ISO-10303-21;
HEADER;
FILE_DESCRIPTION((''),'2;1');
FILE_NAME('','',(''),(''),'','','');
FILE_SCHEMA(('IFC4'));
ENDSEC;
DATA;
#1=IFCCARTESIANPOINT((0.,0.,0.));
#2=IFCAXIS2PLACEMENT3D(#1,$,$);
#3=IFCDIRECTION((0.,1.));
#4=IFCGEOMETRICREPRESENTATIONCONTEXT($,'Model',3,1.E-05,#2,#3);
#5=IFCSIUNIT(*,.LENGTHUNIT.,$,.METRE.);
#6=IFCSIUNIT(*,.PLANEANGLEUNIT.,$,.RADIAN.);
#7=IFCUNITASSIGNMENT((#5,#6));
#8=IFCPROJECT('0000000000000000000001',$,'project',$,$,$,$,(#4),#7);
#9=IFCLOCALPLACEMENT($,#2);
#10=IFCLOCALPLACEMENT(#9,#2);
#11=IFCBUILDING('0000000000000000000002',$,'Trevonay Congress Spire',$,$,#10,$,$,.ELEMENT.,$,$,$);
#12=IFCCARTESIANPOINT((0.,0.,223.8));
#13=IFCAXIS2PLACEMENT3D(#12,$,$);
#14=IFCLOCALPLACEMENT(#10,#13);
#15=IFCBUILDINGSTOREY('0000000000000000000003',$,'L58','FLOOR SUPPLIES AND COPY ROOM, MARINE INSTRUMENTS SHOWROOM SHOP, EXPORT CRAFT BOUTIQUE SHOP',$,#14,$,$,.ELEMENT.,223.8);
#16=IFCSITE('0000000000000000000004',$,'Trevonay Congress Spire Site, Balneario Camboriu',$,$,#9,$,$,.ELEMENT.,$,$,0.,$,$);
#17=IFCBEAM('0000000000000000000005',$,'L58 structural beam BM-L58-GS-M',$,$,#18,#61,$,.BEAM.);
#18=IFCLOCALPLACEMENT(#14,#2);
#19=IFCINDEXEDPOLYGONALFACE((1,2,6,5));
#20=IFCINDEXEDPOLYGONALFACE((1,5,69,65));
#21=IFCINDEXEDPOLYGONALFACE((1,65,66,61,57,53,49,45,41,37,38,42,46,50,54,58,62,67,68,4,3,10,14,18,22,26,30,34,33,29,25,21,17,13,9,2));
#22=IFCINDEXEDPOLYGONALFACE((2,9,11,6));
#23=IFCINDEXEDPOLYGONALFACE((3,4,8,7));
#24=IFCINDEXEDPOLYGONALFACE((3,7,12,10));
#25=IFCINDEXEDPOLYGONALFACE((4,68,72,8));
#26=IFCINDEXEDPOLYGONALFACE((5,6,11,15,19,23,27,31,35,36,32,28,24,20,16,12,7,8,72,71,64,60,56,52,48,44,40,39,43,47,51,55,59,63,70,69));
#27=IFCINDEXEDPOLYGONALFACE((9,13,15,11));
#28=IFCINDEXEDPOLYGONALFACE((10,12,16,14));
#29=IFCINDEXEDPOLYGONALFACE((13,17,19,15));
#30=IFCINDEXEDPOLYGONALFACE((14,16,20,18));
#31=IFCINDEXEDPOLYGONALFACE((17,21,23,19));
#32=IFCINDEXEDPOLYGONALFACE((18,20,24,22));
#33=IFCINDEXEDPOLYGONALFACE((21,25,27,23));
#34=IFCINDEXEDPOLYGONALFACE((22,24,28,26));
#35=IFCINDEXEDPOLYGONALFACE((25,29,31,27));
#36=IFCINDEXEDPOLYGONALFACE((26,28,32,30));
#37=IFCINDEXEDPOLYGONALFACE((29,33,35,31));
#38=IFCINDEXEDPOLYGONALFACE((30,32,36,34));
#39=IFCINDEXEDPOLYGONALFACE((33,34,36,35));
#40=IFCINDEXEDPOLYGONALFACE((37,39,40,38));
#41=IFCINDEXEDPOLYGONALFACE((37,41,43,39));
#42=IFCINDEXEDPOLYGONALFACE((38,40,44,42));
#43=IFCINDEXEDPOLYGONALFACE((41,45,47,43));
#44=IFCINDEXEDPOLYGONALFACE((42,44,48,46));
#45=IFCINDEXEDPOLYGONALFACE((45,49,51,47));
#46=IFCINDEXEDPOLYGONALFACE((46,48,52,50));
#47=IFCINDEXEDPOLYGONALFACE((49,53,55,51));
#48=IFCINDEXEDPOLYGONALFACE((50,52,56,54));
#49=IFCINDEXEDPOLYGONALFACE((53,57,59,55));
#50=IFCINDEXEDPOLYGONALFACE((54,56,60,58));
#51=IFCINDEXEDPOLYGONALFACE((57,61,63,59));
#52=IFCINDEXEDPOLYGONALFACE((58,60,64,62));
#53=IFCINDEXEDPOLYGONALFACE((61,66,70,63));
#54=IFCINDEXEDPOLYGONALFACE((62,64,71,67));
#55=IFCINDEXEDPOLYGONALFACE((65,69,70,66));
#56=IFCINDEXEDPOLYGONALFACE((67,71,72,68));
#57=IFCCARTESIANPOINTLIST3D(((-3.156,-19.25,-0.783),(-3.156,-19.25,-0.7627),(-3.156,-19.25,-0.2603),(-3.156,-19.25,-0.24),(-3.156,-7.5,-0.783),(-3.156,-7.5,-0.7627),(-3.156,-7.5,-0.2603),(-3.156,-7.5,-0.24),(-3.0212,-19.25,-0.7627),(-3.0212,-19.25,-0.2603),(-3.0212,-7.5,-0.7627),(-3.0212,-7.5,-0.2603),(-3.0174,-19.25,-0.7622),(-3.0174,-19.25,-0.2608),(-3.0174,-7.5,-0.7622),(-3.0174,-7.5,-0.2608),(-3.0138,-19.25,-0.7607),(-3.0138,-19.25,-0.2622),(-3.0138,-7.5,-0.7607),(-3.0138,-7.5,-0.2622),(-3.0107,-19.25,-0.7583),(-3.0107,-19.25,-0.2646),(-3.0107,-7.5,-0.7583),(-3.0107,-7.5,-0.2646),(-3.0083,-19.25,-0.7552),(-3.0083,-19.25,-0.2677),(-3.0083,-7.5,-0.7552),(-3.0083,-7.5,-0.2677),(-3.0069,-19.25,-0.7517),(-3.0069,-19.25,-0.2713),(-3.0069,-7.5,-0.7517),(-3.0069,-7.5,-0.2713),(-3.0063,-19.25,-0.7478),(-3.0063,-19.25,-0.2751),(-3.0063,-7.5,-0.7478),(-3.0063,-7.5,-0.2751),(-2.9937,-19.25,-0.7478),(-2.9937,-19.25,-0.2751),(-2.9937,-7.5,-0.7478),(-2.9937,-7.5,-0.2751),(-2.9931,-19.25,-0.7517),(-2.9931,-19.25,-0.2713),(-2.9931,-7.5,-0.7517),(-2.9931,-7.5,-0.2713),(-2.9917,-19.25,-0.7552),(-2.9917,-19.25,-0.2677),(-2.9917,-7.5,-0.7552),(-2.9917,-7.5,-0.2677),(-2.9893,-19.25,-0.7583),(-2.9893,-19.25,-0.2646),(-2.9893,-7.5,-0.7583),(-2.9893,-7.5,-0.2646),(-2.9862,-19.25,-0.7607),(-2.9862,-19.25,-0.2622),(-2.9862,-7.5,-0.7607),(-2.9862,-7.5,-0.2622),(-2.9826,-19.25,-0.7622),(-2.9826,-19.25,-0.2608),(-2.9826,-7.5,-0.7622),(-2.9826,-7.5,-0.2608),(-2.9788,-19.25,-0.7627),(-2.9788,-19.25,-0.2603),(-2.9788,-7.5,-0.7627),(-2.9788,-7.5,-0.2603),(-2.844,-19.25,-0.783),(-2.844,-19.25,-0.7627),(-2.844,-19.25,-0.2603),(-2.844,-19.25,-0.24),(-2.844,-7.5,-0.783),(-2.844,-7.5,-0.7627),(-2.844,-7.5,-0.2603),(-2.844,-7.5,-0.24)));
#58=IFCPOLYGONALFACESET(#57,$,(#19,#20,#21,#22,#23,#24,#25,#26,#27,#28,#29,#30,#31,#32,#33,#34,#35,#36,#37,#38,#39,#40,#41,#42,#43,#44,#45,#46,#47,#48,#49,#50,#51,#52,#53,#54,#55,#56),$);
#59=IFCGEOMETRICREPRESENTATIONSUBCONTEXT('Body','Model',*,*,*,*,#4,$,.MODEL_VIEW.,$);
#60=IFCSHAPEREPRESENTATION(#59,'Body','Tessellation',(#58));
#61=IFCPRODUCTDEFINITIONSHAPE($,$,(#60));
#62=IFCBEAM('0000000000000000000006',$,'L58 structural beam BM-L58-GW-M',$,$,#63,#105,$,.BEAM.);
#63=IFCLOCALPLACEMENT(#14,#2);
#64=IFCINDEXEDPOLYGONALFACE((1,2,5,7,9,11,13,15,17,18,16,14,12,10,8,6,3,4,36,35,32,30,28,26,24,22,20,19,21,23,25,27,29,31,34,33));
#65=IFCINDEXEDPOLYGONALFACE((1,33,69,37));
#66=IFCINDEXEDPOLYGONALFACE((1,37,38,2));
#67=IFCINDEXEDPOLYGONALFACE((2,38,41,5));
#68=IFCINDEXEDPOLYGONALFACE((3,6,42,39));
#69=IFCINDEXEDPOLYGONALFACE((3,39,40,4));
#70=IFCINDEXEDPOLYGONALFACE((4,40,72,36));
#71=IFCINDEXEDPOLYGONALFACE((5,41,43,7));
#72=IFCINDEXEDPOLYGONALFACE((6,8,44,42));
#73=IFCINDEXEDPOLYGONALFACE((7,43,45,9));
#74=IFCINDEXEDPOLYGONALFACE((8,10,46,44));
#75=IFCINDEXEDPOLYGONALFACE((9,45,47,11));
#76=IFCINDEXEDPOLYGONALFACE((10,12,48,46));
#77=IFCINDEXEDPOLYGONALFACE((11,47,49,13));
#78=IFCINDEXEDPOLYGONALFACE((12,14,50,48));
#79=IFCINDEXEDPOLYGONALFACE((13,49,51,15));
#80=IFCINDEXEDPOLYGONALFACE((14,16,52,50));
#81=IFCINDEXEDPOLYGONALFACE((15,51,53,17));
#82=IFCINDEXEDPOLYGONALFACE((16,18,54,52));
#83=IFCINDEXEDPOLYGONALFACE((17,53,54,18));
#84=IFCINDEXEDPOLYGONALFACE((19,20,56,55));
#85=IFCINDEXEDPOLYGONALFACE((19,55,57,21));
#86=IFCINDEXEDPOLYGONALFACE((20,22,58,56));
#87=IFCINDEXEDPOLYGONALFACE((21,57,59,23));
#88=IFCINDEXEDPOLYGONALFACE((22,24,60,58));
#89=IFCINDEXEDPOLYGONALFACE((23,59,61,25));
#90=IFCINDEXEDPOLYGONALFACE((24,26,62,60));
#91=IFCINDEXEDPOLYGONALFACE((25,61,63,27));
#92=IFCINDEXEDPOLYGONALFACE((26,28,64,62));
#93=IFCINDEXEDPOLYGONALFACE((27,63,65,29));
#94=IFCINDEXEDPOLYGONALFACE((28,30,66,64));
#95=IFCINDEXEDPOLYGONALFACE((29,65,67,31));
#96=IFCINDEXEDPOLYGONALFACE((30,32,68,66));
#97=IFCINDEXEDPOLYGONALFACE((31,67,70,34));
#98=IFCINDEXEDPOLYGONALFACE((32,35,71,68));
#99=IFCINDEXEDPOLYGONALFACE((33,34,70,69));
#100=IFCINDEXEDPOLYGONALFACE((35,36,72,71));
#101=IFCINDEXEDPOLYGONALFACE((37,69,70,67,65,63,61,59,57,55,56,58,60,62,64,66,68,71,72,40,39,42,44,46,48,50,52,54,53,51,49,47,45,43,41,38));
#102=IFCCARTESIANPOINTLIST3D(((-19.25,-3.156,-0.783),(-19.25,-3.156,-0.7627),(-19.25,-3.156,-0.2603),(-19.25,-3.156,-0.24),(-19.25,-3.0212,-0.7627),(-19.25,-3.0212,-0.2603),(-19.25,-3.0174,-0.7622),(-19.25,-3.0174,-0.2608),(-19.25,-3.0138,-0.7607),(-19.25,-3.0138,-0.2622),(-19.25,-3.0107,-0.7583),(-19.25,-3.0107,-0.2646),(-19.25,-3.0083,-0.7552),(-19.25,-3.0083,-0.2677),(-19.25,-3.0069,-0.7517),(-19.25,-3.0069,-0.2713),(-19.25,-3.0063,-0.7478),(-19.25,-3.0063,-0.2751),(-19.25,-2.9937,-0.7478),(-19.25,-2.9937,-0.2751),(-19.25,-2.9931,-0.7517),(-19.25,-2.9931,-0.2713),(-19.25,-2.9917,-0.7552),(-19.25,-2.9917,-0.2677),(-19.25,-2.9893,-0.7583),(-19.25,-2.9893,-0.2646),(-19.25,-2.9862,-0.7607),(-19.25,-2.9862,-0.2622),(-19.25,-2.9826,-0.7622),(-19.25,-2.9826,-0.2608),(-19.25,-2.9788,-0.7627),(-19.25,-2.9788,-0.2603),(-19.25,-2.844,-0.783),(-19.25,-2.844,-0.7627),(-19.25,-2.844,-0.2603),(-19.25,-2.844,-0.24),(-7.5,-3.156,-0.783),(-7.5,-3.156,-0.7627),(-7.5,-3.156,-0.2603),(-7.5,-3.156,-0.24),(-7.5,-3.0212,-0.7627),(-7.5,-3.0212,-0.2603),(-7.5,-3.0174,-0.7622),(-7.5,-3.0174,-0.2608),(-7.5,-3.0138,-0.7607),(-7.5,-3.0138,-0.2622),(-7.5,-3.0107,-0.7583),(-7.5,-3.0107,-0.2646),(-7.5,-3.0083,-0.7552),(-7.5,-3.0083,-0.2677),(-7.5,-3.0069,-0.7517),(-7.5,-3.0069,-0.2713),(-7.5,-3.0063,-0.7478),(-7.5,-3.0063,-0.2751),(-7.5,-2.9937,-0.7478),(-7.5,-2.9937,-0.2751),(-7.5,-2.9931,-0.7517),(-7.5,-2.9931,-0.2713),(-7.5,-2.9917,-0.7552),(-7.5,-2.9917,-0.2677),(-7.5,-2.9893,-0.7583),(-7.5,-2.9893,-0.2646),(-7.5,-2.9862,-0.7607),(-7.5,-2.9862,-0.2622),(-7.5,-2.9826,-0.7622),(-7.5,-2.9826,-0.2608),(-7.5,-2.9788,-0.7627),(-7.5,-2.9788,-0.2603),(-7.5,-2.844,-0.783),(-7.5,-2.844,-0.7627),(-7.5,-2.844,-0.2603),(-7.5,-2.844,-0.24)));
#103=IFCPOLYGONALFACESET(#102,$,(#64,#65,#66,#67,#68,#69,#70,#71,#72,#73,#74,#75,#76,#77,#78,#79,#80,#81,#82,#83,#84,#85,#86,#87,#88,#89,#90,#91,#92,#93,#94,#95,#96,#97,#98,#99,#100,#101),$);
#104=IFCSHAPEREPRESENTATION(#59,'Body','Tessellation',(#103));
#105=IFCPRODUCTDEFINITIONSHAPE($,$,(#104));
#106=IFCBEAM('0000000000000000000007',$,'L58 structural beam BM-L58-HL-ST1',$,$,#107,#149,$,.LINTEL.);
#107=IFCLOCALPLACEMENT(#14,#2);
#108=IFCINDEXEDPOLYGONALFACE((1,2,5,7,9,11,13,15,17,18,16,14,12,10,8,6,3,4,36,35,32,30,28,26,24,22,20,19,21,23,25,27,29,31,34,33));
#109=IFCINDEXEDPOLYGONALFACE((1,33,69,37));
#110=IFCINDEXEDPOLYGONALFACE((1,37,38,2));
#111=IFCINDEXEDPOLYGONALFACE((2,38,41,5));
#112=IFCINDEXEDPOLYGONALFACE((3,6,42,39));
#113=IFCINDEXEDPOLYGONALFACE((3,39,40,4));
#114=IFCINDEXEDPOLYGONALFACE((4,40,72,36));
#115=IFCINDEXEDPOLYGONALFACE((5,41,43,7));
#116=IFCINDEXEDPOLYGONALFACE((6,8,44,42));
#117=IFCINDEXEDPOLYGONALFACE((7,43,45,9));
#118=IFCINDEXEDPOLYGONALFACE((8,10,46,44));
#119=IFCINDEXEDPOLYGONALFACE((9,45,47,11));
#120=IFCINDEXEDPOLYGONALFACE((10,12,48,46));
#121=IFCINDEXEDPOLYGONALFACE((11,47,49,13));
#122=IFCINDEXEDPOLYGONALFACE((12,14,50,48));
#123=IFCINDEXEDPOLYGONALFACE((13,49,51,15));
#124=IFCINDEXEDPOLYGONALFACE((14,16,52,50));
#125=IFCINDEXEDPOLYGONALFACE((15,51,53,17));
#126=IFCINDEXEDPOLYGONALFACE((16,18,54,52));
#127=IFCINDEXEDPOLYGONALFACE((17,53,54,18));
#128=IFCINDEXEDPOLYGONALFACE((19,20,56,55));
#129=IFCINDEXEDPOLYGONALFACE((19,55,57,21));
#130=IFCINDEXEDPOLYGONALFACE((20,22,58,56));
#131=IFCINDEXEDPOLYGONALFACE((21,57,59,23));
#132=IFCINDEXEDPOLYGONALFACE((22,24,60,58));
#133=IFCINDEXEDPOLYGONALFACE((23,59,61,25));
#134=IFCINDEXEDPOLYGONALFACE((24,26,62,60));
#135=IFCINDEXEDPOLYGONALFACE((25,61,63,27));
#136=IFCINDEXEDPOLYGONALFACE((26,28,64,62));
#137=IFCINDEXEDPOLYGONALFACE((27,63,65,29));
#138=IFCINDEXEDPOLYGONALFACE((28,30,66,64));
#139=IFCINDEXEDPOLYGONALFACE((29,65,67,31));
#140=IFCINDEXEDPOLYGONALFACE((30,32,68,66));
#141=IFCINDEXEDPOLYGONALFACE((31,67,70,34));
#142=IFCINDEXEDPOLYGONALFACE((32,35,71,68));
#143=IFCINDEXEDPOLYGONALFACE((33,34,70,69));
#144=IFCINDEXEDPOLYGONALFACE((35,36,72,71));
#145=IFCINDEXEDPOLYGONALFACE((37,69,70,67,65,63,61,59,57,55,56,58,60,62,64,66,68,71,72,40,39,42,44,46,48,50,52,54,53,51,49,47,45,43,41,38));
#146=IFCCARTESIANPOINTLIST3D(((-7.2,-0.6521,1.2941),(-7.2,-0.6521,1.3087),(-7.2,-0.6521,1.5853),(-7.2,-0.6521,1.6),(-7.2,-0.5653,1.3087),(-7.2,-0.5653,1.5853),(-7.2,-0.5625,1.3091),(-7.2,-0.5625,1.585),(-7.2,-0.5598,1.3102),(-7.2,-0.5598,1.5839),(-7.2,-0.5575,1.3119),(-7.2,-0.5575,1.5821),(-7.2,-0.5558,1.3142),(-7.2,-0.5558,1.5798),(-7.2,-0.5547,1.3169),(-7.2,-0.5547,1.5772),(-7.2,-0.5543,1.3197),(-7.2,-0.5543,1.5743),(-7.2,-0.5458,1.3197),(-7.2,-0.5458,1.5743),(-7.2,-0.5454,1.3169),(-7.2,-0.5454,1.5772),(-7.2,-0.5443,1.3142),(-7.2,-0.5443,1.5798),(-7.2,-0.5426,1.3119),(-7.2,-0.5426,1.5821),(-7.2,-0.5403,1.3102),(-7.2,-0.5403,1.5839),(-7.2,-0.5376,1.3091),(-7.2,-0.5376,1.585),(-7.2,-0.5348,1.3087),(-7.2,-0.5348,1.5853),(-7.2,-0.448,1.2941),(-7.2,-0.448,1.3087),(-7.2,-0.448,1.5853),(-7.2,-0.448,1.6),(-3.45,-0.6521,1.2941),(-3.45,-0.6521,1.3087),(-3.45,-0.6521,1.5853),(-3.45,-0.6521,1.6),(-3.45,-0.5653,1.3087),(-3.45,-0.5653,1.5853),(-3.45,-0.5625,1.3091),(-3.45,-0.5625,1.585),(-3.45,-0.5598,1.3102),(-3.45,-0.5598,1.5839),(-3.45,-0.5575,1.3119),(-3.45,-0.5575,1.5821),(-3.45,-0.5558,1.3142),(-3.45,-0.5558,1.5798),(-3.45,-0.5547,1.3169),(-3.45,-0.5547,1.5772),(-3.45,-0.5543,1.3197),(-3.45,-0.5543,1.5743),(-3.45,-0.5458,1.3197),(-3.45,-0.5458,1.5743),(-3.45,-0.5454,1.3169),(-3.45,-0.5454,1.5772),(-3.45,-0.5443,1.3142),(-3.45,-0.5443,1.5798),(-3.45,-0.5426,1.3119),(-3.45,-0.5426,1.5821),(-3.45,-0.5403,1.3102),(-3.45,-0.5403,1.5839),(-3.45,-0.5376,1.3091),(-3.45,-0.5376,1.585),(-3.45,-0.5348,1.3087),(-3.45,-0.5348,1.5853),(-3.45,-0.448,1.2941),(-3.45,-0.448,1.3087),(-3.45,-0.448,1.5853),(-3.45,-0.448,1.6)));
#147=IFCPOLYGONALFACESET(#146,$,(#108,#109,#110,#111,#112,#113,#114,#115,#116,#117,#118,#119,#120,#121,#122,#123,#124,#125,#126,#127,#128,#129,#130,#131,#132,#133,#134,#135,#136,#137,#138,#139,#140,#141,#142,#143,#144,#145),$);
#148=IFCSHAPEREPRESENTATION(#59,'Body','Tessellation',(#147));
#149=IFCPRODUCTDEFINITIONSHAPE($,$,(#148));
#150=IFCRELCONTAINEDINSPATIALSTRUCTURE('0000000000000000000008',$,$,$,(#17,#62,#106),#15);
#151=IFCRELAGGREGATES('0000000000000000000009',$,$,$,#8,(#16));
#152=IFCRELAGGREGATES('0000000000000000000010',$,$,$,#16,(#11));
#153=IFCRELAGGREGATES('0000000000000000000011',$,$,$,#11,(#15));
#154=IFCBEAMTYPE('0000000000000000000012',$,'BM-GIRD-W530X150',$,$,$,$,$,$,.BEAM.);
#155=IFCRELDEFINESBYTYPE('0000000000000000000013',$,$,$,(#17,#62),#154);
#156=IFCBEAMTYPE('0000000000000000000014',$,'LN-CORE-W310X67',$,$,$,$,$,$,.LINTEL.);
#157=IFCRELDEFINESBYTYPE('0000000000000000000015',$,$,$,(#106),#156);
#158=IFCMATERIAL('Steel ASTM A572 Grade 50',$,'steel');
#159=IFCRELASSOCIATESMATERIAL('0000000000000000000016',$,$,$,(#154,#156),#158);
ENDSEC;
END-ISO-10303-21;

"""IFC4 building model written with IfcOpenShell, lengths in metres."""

from ifc_helpers import new_model, si_unit, direction, frame, origin, origin_2d, place, context, subcontext, project, spatial, i_section, extrude, material, material_profile, profile_set, type_object, element, save


model = new_model("IFC4")

# Units and contexts
model_context = context("Model", 3, precision=1e-05, world=origin(), true_north=direction((0.0, 1.0)))
body_context = subcontext(model_context, "Body", "Model", "MODEL_VIEW")
ifc_project = project(units=[si_unit("LENGTHUNIT", "METRE"), si_unit("PLANEANGLEUNIT", "RADIAN")], contexts=[model_context])

# Site, building, storey
site_placement = place(None, origin())
site = spatial("IfcSite", under=ifc_project, at=site_placement, Name="Trevonay Congress Spire Site, Balneario Camboriu", CompositionType="ELEMENT", RefElevation=0.0)
building_placement = place(site_placement, origin())
building = spatial("IfcBuilding", under=site, at=building_placement, Name="Trevonay Congress Spire", CompositionType="ELEMENT")
storey_placement = place(building_placement, frame((0.0, 0.0, 223.8)))
storey = spatial("IfcBuildingStorey", under=building, at=storey_placement, Name="L58", Description="FLOOR SUPPLIES AND COPY ROOM, MARINE INSTRUMENTS SHOWROOM SHOP, EXPORT CRAFT BOUTIQUE SHOP", CompositionType="ELEMENT", Elevation=223.8)

# Shared definitions
ifc_material_1 = material(Name="Steel ASTM A572 Grade 50", Category="steel")

# Beams
ifc_material_profile_1 = material_profile(ifc_material_1, i_section(OverallWidth=0.312, OverallDepth=0.543, WebThickness=0.0127, FlangeThickness=0.0203, FilletRadius=0.0149, at=origin_2d()), Name="W530x150")
ifc_profile_set_1 = profile_set([ifc_material_profile_1], Name="Steel ASTM A572 Grade 50")
beam_type_1 = type_object("IfcBeamType", Name="BM-GIRD-W530X150", PredefinedType="BEAM", material=ifc_profile_set_1)
for number, where, z_axis, x_axis, name in (
    (1, (-3.0, -7.5, -0.5115), (0.0, -1.0, 0.0), (1.0, 0.0, 0.0), "L58 structural beam BM-L58-GS-M"),
    (2, (-7.5, -3.0, -0.5115), (-1.0, 0.0, 0.0), (0.0, -1.0, 0.0), "L58 structural beam BM-L58-GW-M"),
):
    element("IfcBeam", number, at=place(storey_placement, frame(where, z_axis=z_axis, x_axis=x_axis)), inside=storey, type_object=beam_type_1, Name=name, PredefinedType="BEAM", context=body_context, shape_type="SweptSolid", body=[
        extrude(i_section(OverallWidth=0.312, OverallDepth=0.543, WebThickness=0.0127, FlangeThickness=0.0203, FilletRadius=0.0149, at=origin_2d()), origin(), (0.0, 0.0, 1.0), 11.75),
    ])
ifc_material_profile_2 = material_profile(ifc_material_1, i_section(OverallWidth=0.2041, OverallDepth=0.3059, WebThickness=0.0085, FlangeThickness=0.0146, FilletRadius=0.011, at=origin_2d()), Name="W310x67")
ifc_profile_set_2 = profile_set([ifc_material_profile_2], Name="Steel ASTM A572 Grade 50")
beam_type_2 = type_object("IfcBeamType", Name="LN-CORE-W310X67", PredefinedType="LINTEL", material=ifc_profile_set_2)
beam_1_placement = place(storey_placement, frame((-7.2, -0.55, 1.447), z_axis=(1.0, 0.0, 0.0), x_axis=(0.0, 1.0, 0.0)))
element("IfcBeam", 3, at=beam_1_placement, inside=storey, type_object=beam_type_2, Name="L58 structural beam BM-L58-HL-ST1", PredefinedType="LINTEL", context=body_context, shape_type="SweptSolid", body=[
    extrude(i_section(OverallWidth=0.2041, OverallDepth=0.3059, WebThickness=0.0085, FlangeThickness=0.0146, FilletRadius=0.011, at=origin_2d()), origin(), (0.0, 0.0, 1.0), 3.75),
])

save(model, "model.ifc")
